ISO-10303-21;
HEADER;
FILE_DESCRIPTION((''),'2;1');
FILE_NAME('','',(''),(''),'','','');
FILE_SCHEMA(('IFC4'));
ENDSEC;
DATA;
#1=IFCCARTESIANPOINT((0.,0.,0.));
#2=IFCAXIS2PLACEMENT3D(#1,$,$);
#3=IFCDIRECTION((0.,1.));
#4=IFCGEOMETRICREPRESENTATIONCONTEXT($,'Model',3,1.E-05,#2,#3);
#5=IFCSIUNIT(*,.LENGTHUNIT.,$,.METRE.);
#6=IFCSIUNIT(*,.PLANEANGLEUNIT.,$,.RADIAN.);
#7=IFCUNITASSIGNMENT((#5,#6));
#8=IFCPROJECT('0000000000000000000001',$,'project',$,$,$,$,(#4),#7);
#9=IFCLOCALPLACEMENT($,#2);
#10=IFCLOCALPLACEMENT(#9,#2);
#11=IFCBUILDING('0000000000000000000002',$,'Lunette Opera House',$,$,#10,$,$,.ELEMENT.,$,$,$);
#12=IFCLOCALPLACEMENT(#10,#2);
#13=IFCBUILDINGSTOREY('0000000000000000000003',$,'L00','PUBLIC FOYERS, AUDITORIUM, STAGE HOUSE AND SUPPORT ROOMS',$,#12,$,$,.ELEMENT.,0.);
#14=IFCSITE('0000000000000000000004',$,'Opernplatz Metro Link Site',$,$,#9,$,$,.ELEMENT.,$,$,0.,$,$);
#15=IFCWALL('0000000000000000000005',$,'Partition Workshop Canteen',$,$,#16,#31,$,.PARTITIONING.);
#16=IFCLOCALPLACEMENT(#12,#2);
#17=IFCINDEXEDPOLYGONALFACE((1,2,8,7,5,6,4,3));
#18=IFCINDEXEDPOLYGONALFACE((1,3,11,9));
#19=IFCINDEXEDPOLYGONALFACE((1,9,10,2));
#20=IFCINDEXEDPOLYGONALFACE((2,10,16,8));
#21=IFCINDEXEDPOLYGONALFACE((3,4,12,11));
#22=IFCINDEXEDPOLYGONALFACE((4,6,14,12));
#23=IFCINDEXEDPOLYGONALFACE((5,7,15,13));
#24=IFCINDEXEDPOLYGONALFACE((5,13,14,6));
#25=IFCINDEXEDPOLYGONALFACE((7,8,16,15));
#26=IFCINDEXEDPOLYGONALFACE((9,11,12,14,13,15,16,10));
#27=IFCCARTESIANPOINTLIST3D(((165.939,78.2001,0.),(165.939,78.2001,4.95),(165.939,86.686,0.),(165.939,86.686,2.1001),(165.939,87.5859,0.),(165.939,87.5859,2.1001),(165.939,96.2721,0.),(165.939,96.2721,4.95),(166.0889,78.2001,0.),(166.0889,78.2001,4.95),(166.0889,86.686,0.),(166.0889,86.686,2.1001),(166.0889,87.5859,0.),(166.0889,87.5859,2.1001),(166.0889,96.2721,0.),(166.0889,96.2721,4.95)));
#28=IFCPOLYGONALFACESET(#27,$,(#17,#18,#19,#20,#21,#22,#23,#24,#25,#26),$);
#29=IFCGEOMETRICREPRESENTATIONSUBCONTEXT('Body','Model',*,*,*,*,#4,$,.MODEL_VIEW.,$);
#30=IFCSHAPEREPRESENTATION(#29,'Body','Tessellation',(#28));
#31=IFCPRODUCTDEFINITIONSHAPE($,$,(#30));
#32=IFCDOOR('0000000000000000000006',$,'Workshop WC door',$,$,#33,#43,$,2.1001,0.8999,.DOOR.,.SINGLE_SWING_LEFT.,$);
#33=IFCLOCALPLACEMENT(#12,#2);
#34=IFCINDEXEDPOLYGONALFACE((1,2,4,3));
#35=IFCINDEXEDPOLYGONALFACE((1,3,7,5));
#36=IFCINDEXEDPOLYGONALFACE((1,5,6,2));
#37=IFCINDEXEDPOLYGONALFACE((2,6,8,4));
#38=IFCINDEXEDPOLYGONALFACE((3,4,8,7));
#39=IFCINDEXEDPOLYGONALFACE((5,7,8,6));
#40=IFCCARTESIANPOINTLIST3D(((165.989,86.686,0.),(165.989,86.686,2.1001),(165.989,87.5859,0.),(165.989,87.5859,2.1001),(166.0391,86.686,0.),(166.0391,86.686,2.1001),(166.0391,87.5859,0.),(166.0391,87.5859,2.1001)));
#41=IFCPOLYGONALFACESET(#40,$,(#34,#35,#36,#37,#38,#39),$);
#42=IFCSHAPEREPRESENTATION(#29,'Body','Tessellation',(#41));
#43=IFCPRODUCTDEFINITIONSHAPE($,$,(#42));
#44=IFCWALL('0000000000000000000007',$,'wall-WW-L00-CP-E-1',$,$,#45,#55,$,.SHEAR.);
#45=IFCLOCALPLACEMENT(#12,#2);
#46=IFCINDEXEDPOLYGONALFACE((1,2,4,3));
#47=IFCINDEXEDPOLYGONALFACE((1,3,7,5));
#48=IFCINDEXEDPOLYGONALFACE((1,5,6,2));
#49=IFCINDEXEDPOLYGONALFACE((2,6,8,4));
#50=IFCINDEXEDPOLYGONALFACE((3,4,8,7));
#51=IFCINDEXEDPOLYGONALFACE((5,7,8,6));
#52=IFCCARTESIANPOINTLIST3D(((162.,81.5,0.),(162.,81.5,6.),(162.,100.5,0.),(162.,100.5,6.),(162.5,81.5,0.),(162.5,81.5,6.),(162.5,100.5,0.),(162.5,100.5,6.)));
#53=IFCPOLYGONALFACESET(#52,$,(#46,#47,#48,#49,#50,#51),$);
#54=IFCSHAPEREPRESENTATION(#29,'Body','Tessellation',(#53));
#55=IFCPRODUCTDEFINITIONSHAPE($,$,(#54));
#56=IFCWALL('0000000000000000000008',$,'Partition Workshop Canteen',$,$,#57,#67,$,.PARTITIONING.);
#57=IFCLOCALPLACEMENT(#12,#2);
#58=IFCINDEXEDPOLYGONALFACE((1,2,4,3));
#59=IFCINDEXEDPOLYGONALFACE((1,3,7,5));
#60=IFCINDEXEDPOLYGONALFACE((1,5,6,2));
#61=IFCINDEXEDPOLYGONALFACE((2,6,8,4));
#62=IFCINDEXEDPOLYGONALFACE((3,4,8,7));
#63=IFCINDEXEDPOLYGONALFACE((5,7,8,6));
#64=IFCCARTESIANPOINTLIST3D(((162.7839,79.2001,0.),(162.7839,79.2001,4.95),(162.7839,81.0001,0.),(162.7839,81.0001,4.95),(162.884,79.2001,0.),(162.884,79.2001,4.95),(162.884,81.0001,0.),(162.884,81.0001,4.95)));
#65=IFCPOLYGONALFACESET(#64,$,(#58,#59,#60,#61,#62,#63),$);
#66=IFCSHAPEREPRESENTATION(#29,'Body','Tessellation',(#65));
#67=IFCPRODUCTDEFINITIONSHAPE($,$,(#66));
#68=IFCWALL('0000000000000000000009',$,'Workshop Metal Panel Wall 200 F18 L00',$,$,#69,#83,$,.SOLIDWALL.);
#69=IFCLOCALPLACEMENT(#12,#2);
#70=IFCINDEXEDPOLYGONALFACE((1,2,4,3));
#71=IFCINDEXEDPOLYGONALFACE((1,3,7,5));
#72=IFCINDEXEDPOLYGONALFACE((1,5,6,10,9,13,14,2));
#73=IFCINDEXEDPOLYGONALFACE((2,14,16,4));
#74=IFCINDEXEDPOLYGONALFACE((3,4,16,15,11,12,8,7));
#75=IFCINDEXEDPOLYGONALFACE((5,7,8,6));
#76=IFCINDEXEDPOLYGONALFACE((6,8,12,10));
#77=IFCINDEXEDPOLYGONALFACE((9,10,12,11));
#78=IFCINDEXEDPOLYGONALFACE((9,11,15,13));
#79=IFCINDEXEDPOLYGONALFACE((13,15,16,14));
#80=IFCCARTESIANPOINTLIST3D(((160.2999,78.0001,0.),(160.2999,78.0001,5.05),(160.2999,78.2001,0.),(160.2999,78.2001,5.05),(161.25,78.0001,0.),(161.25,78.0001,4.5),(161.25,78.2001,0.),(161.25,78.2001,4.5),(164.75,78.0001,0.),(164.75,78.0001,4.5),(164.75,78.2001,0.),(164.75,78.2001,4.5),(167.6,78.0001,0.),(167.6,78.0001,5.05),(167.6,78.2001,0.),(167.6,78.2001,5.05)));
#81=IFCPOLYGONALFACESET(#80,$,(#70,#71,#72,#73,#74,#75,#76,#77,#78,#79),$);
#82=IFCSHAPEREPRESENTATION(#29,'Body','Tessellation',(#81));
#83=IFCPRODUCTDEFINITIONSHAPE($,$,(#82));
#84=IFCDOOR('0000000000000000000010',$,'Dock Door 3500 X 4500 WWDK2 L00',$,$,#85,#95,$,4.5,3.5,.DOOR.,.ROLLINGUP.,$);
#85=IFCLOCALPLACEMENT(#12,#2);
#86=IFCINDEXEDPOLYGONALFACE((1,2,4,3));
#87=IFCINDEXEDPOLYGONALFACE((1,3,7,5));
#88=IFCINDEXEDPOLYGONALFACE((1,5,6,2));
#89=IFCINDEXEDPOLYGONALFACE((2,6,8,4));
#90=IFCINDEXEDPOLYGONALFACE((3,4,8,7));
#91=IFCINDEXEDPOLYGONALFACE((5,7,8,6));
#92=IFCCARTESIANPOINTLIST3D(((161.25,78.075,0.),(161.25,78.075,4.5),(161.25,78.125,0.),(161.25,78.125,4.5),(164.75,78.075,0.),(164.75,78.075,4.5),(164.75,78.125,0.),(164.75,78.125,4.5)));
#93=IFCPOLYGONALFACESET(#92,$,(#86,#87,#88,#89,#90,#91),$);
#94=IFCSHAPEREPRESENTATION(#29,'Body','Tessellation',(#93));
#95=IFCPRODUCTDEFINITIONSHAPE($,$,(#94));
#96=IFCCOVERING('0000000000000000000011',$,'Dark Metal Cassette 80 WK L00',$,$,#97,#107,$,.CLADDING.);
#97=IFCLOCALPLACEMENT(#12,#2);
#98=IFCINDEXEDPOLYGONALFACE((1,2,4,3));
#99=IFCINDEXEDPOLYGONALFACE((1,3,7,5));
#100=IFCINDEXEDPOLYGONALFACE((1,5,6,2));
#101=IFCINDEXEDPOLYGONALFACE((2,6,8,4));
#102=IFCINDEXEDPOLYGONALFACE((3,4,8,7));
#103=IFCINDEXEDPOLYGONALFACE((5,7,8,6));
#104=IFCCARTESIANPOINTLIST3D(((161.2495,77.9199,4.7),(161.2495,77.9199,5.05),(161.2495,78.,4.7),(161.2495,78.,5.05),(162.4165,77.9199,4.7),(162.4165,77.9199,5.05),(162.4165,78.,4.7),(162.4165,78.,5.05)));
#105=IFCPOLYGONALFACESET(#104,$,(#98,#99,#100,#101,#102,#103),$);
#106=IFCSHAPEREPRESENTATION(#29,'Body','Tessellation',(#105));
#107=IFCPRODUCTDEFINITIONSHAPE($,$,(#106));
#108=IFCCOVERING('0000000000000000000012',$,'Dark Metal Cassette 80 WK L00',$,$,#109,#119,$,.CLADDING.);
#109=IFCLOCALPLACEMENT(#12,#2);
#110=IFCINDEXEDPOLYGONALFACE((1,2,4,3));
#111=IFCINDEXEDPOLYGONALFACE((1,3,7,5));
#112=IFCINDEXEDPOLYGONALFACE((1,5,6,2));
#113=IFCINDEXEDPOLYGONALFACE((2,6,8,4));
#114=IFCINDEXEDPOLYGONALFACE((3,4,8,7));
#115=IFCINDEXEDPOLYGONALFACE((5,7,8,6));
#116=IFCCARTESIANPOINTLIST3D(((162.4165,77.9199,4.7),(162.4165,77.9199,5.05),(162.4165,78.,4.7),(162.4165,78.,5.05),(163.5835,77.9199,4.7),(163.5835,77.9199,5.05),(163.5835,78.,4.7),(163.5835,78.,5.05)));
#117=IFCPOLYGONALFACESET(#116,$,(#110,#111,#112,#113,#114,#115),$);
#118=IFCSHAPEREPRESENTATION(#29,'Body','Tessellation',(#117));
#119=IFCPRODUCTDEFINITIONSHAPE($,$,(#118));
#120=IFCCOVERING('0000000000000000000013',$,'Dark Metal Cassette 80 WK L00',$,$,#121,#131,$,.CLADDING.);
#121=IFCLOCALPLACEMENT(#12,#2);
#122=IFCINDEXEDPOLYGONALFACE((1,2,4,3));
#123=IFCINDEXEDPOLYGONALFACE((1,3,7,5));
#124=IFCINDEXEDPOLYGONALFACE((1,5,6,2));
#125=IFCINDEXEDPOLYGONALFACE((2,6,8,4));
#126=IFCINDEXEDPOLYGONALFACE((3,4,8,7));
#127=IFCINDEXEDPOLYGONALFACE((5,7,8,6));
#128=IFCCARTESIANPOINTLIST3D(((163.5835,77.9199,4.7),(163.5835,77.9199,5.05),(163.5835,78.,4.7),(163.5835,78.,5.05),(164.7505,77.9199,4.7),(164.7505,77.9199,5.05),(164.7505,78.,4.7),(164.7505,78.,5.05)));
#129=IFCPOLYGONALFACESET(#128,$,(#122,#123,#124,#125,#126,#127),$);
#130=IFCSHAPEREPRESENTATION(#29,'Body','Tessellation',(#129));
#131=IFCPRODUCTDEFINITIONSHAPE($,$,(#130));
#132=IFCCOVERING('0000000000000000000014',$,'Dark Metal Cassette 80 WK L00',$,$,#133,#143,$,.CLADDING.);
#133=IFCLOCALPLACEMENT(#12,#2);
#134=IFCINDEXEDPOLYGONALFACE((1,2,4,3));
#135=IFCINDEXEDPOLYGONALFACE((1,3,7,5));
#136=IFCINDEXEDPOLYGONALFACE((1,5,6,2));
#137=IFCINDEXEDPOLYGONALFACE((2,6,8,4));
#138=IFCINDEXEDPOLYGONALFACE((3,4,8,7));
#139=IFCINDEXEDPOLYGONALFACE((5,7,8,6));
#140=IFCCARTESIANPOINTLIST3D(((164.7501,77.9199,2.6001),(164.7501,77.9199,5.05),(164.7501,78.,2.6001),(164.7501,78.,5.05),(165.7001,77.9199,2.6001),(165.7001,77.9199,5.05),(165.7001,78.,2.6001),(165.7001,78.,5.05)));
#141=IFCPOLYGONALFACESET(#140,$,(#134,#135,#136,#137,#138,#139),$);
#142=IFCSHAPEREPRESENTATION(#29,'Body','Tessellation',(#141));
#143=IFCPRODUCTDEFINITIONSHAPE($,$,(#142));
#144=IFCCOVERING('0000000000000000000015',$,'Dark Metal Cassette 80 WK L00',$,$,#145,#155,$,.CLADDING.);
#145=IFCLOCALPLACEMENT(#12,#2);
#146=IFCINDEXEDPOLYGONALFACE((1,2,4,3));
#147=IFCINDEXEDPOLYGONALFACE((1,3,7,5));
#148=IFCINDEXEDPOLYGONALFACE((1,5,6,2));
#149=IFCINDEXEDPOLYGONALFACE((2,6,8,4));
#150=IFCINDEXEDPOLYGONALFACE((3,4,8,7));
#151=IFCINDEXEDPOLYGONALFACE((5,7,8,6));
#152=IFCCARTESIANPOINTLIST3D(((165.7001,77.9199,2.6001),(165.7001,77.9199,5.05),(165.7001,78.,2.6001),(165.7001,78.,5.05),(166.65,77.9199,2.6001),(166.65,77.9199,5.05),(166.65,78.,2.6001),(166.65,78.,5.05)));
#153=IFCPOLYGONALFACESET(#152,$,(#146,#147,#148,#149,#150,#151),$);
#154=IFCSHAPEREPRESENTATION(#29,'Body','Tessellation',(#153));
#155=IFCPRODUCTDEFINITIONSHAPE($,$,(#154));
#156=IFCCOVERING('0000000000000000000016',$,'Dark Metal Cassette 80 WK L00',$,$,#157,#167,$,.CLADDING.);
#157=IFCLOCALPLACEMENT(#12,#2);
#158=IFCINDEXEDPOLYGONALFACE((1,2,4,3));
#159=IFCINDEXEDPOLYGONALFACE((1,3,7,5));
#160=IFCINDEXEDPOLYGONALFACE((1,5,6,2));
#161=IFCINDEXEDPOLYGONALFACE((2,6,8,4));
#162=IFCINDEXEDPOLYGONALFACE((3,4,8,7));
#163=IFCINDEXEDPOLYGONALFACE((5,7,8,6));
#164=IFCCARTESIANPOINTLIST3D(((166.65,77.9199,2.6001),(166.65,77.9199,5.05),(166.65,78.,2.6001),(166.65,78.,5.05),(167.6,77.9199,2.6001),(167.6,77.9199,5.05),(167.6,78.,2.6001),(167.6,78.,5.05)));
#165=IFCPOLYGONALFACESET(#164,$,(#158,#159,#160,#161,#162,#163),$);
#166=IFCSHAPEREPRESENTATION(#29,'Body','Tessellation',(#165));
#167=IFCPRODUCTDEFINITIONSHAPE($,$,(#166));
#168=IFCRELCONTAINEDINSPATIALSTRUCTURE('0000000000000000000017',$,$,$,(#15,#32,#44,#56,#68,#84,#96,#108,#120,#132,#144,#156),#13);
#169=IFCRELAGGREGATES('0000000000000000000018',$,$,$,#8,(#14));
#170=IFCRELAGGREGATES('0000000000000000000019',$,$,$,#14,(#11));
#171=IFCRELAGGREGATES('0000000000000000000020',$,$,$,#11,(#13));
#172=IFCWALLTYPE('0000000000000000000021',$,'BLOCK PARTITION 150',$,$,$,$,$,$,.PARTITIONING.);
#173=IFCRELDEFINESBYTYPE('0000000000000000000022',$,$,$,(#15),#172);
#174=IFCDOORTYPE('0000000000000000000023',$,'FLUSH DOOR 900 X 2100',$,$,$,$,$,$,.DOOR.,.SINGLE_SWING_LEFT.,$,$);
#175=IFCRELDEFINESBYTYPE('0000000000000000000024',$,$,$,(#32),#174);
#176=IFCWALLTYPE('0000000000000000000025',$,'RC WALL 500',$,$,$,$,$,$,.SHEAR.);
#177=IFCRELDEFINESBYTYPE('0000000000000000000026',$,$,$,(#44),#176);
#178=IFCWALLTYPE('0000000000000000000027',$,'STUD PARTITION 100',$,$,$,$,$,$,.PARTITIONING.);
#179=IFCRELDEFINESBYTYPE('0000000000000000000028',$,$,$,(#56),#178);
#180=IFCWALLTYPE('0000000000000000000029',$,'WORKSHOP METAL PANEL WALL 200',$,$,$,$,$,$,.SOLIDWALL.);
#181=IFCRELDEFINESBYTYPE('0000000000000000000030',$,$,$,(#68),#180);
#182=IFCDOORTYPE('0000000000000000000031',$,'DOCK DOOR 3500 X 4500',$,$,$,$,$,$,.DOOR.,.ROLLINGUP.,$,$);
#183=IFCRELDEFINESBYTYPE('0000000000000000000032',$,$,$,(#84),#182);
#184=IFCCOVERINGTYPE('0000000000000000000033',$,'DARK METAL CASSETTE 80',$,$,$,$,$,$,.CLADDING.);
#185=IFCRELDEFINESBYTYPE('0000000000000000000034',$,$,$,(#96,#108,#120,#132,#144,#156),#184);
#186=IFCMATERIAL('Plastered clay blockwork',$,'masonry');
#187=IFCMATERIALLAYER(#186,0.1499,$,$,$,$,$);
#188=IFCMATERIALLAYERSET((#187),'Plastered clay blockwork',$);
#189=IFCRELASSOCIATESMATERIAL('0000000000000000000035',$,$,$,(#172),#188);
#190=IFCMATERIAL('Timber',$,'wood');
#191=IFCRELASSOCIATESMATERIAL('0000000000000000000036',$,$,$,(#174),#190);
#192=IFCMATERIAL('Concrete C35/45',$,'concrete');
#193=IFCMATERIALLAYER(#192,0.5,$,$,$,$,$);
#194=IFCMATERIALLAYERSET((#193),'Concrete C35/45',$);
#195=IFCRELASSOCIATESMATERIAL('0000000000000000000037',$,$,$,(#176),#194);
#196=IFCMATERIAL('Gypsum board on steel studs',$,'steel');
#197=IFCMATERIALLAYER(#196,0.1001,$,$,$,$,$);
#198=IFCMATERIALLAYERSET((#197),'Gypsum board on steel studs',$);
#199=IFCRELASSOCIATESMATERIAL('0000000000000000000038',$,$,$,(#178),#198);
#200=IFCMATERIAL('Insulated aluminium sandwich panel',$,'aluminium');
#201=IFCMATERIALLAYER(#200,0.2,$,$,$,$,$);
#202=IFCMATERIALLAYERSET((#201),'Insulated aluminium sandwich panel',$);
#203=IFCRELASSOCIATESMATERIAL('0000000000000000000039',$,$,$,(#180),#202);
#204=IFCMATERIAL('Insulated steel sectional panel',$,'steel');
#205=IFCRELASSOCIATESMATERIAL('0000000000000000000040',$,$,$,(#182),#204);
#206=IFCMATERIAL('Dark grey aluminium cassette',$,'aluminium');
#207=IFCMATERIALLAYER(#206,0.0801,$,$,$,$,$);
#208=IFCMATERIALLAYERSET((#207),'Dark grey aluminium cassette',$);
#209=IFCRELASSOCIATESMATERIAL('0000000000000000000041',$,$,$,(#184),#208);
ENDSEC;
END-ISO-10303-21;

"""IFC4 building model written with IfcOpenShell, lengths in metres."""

from ifc_helpers import new_model, si_unit, direction, frame, frame_2d, origin, origin_2d, place, context, subcontext, project, spatial, rectangle, extrude, material, layer, layer_set, type_object, element, fill, save


model = new_model("IFC4")

# Units and contexts
model_context = context("Model", 3, precision=1e-05, world=origin(), true_north=direction((0.0, 1.0)))
body_context = subcontext(model_context, "Body", "Model", "MODEL_VIEW")
ifc_project = project(units=[si_unit("LENGTHUNIT", "METRE"), si_unit("PLANEANGLEUNIT", "RADIAN")], contexts=[model_context])

# Site, building, storey
site_placement = place(None, origin())
site = spatial("IfcSite", under=ifc_project, at=site_placement, Name="Opernplatz Metro Link Site", CompositionType="ELEMENT", RefElevation=0.0)
building_placement = place(site_placement, origin())
building = spatial("IfcBuilding", under=site, at=building_placement, Name="Lunette Opera House", CompositionType="ELEMENT")
storey_placement = place(building_placement, origin())
storey = spatial("IfcBuildingStorey", under=building, at=storey_placement, Name="L00", Description="PUBLIC FOYERS, AUDITORIUM, STAGE HOUSE AND SUPPORT ROOMS", CompositionType="ELEMENT", Elevation=0.0)

# Wall, opening, door
ifc_material_1 = material(Name="Plastered clay blockwork", Category="masonry")
ifc_layer_1 = layer(ifc_material_1, 0.1499)
ifc_layer_set_1 = layer_set([ifc_layer_1], Name="Plastered clay blockwork")
wall_type_1 = type_object("IfcWallType", Name="BLOCK PARTITION 150", PredefinedType="PARTITIONING", material=ifc_layer_set_1)
wall_1_placement = place(storey_placement, frame((166.0139, 78.2, 0.0), z_axis=(0.0, 0.0, 1.0), x_axis=(0.0, 1.0, 0.0)))
wall_1 = element("IfcWall", 1, at=wall_1_placement, inside=storey, type_object=wall_type_1, Name="Partition Workshop Canteen", PredefinedType="PARTITIONING", context=body_context, shape_type="SweptSolid", body=[
    extrude(rectangle(XDim=18.072, YDim=0.1499, at=frame_2d((9.0361, 0.0))), origin(), (0.0, 0.0, 1.0), 4.95),
])
opening_1_placement = place(wall_1_placement, frame((8.4861, 0.0, 0.0)))
opening_1 = element("IfcOpeningElement", 2, at=opening_1_placement, cuts=wall_1, PredefinedType="OPENING", context=body_context, shape_type="SweptSolid", body=[
    extrude(rectangle(XDim=0.8999, YDim=2.1001, at=frame_2d((0.45, 1.05))), frame((0.0, 0.0869, 0.0), z_axis=(0.0, -1.0, 0.0), x_axis=(1.0, 0.0, 0.0)), (0.0, 0.0, 1.0), 0.1738),
])
ifc_material_2 = material(Name="Timber", Category="wood")
door_type_1 = type_object("IfcDoorType", Name="FLUSH DOOR 900 X 2100", OperationType="SINGLE_SWING_LEFT", PredefinedType="DOOR", material=ifc_material_2)
door_1_placement = place(opening_1_placement, origin())
door_1 = element("IfcDoor", 3, at=door_1_placement, inside=storey, type_object=door_type_1, Name="Workshop WC door", OperationType="SINGLE_SWING_LEFT", OverallHeight=2.1001, OverallWidth=0.8999, PredefinedType="DOOR", context=body_context, shape_type="SweptSolid", body=[
    extrude(rectangle(XDim=0.8999, YDim=2.1001, at=frame_2d((0.45, 1.05))), frame((0.0, 0.0249, 0.0), z_axis=(0.0, -1.0, 0.0), x_axis=(1.0, 0.0, 0.0)), (0.0, 0.0, 1.0), 0.05),
])
fill(opening_1, door_1)

# Walls
ifc_material_3 = material(Name="Concrete C35/45", Category="concrete")
ifc_layer_2 = layer(ifc_material_3, 0.5)
ifc_layer_set_2 = layer_set([ifc_layer_2], Name="Concrete C35/45")
wall_type_2 = type_object("IfcWallType", Name="RC WALL 500", PredefinedType="SHEAR", material=ifc_layer_set_2)
wall_2_placement = place(storey_placement, frame((162.25, 81.5, 0.0), z_axis=(0.0, 0.0, 1.0), x_axis=(0.0, 1.0, 0.0)))
element("IfcWall", 4, at=wall_2_placement, inside=storey, type_object=wall_type_2, Name="wall-WW-L00-CP-E-1", PredefinedType="SHEAR", context=body_context, shape_type="SweptSolid", body=[
    extrude(rectangle(XDim=19.0, YDim=0.5, at=frame_2d((9.5, 0.0))), origin(), (0.0, 0.0, 1.0), 6.0),
])
ifc_material_4 = material(Name="Gypsum board on steel studs", Category="steel")
ifc_layer_3 = layer(ifc_material_4, 0.1001)
ifc_layer_set_3 = layer_set([ifc_layer_3], Name="Gypsum board on steel studs")
wall_type_3 = type_object("IfcWallType", Name="STUD PARTITION 100", PredefinedType="PARTITIONING", material=ifc_layer_set_3)
wall_3_placement = place(storey_placement, frame((162.834, 81.0, 0.0), z_axis=(0.0, 0.0, 1.0), x_axis=(0.0, -1.0, 0.0)))
element("IfcWall", 5, at=wall_3_placement, inside=storey, type_object=wall_type_3, Name="Partition Workshop Canteen", PredefinedType="PARTITIONING", context=body_context, shape_type="SweptSolid", body=[
    extrude(rectangle(XDim=1.8, YDim=0.1001, at=frame_2d((0.8999, 0.0))), origin(), (0.0, 0.0, 1.0), 4.95),
])

# Wall, opening, door
ifc_material_5 = material(Name="Insulated aluminium sandwich panel", Category="aluminium")
ifc_layer_4 = layer(ifc_material_5, 0.2)
ifc_layer_set_4 = layer_set([ifc_layer_4], Name="Insulated aluminium sandwich panel")
wall_type_4 = type_object("IfcWallType", Name="WORKSHOP METAL PANEL WALL 200", PredefinedType="SOLIDWALL", material=ifc_layer_set_4)
wall_4_placement = place(storey_placement, frame((160.3, 78.1001, 0.0), z_axis=(0.0, 0.0, 1.0), x_axis=(1.0, 0.0, 0.0)))
wall_4 = element("IfcWall", 6, at=wall_4_placement, inside=storey, type_object=wall_type_4, Name="Workshop Metal Panel Wall 200 F18 L00", PredefinedType="SOLIDWALL", context=body_context, shape_type="SweptSolid", body=[
    extrude(rectangle(XDim=7.3, YDim=0.2, at=frame_2d((3.6499, 0.0))), origin(), (0.0, 0.0, 1.0), 5.05),
])
opening_2_placement = place(wall_4_placement, frame((0.95, 0.0, 0.0)))
opening_2 = element("IfcOpeningElement", 7, at=opening_2_placement, cuts=wall_4, PredefinedType="OPENING", context=body_context, shape_type="SweptSolid", body=[
    extrude(rectangle(XDim=3.5, YDim=4.5, at=frame_2d((1.75, 2.25))), frame((0.0, 0.1121, 0.0), z_axis=(0.0, -1.0, 0.0), x_axis=(1.0, 0.0, 0.0)), (0.0, 0.0, 1.0), 0.2239),
])
ifc_material_6 = material(Name="Insulated steel sectional panel", Category="steel")
door_type_2 = type_object("IfcDoorType", Name="DOCK DOOR 3500 X 4500", OperationType="ROLLINGUP", PredefinedType="DOOR", material=ifc_material_6)
door_2_placement = place(opening_2_placement, origin())
door_2 = element("IfcDoor", 8, at=door_2_placement, inside=storey, type_object=door_type_2, Name="Dock Door 3500 X 4500 WWDK2 L00", OperationType="ROLLINGUP", OverallHeight=4.5, OverallWidth=3.5, PredefinedType="DOOR", context=body_context, shape_type="SweptSolid", body=[
    extrude(rectangle(XDim=3.5, YDim=4.5, at=frame_2d((1.75, 2.25))), frame((0.0, 0.0249, 0.0), z_axis=(0.0, -1.0, 0.0), x_axis=(1.0, 0.0, 0.0)), (0.0, 0.0, 1.0), 0.05),
])
fill(opening_2, door_2)

# Coverings
ifc_material_7 = material(Name="Dark grey aluminium cassette", Category="aluminium")
ifc_layer_5 = layer(ifc_material_7, 0.0801)
ifc_layer_set_5 = layer_set([ifc_layer_5], Name="Dark grey aluminium cassette")
covering_type = type_object("IfcCoveringType", Name="DARK METAL CASSETTE 80", PredefinedType="CLADDING", material=ifc_layer_set_5)
for number, where, z_axis, x_axis, name in (
    (9, (161.833, 77.96, 4.7), (0.0, 0.0, 1.0), (1.0, 0.0, 0.0), "Dark Metal Cassette 80 WK L00"),
    (10, (163.0, 77.96, 4.7), (0.0, 0.0, 1.0), (1.0, 0.0, 0.0), "Dark Metal Cassette 80 WK L00"),
    (11, (164.167, 77.96, 4.7), (0.0, 0.0, 1.0), (1.0, 0.0, 0.0), "Dark Metal Cassette 80 WK L00"),
):
    element("IfcCovering", number, at=place(storey_placement, frame(where, z_axis=z_axis, x_axis=x_axis)), inside=storey, type_object=covering_type, Name=name, PredefinedType="CLADDING", context=body_context, shape_type="SweptSolid", body=[
        extrude(rectangle(XDim=1.167, YDim=0.0801, at=origin_2d()), origin(), (0.0, 0.0, 1.0), 0.3501),
    ])
for number, where, z_axis, x_axis, name in (
    (12, (165.2251, 77.96, 2.6001), (0.0, 0.0, 1.0), (1.0, 0.0, 0.0), "Dark Metal Cassette 80 WK L00"),
    (13, (166.175, 77.96, 2.6001), (0.0, 0.0, 1.0), (1.0, 0.0, 0.0), "Dark Metal Cassette 80 WK L00"),
    (14, (167.125, 77.96, 2.6001), (0.0, 0.0, 1.0), (1.0, 0.0, 0.0), "Dark Metal Cassette 80 WK L00"),
):
    element("IfcCovering", number, at=place(storey_placement, frame(where, z_axis=z_axis, x_axis=x_axis)), inside=storey, type_object=covering_type, Name=name, PredefinedType="CLADDING", context=body_context, shape_type="SweptSolid", body=[
        extrude(rectangle(XDim=0.95, YDim=0.0801, at=origin_2d()), origin(), (0.0, 0.0, 1.0), 2.45),
    ])

save(model, "model.ifc")
